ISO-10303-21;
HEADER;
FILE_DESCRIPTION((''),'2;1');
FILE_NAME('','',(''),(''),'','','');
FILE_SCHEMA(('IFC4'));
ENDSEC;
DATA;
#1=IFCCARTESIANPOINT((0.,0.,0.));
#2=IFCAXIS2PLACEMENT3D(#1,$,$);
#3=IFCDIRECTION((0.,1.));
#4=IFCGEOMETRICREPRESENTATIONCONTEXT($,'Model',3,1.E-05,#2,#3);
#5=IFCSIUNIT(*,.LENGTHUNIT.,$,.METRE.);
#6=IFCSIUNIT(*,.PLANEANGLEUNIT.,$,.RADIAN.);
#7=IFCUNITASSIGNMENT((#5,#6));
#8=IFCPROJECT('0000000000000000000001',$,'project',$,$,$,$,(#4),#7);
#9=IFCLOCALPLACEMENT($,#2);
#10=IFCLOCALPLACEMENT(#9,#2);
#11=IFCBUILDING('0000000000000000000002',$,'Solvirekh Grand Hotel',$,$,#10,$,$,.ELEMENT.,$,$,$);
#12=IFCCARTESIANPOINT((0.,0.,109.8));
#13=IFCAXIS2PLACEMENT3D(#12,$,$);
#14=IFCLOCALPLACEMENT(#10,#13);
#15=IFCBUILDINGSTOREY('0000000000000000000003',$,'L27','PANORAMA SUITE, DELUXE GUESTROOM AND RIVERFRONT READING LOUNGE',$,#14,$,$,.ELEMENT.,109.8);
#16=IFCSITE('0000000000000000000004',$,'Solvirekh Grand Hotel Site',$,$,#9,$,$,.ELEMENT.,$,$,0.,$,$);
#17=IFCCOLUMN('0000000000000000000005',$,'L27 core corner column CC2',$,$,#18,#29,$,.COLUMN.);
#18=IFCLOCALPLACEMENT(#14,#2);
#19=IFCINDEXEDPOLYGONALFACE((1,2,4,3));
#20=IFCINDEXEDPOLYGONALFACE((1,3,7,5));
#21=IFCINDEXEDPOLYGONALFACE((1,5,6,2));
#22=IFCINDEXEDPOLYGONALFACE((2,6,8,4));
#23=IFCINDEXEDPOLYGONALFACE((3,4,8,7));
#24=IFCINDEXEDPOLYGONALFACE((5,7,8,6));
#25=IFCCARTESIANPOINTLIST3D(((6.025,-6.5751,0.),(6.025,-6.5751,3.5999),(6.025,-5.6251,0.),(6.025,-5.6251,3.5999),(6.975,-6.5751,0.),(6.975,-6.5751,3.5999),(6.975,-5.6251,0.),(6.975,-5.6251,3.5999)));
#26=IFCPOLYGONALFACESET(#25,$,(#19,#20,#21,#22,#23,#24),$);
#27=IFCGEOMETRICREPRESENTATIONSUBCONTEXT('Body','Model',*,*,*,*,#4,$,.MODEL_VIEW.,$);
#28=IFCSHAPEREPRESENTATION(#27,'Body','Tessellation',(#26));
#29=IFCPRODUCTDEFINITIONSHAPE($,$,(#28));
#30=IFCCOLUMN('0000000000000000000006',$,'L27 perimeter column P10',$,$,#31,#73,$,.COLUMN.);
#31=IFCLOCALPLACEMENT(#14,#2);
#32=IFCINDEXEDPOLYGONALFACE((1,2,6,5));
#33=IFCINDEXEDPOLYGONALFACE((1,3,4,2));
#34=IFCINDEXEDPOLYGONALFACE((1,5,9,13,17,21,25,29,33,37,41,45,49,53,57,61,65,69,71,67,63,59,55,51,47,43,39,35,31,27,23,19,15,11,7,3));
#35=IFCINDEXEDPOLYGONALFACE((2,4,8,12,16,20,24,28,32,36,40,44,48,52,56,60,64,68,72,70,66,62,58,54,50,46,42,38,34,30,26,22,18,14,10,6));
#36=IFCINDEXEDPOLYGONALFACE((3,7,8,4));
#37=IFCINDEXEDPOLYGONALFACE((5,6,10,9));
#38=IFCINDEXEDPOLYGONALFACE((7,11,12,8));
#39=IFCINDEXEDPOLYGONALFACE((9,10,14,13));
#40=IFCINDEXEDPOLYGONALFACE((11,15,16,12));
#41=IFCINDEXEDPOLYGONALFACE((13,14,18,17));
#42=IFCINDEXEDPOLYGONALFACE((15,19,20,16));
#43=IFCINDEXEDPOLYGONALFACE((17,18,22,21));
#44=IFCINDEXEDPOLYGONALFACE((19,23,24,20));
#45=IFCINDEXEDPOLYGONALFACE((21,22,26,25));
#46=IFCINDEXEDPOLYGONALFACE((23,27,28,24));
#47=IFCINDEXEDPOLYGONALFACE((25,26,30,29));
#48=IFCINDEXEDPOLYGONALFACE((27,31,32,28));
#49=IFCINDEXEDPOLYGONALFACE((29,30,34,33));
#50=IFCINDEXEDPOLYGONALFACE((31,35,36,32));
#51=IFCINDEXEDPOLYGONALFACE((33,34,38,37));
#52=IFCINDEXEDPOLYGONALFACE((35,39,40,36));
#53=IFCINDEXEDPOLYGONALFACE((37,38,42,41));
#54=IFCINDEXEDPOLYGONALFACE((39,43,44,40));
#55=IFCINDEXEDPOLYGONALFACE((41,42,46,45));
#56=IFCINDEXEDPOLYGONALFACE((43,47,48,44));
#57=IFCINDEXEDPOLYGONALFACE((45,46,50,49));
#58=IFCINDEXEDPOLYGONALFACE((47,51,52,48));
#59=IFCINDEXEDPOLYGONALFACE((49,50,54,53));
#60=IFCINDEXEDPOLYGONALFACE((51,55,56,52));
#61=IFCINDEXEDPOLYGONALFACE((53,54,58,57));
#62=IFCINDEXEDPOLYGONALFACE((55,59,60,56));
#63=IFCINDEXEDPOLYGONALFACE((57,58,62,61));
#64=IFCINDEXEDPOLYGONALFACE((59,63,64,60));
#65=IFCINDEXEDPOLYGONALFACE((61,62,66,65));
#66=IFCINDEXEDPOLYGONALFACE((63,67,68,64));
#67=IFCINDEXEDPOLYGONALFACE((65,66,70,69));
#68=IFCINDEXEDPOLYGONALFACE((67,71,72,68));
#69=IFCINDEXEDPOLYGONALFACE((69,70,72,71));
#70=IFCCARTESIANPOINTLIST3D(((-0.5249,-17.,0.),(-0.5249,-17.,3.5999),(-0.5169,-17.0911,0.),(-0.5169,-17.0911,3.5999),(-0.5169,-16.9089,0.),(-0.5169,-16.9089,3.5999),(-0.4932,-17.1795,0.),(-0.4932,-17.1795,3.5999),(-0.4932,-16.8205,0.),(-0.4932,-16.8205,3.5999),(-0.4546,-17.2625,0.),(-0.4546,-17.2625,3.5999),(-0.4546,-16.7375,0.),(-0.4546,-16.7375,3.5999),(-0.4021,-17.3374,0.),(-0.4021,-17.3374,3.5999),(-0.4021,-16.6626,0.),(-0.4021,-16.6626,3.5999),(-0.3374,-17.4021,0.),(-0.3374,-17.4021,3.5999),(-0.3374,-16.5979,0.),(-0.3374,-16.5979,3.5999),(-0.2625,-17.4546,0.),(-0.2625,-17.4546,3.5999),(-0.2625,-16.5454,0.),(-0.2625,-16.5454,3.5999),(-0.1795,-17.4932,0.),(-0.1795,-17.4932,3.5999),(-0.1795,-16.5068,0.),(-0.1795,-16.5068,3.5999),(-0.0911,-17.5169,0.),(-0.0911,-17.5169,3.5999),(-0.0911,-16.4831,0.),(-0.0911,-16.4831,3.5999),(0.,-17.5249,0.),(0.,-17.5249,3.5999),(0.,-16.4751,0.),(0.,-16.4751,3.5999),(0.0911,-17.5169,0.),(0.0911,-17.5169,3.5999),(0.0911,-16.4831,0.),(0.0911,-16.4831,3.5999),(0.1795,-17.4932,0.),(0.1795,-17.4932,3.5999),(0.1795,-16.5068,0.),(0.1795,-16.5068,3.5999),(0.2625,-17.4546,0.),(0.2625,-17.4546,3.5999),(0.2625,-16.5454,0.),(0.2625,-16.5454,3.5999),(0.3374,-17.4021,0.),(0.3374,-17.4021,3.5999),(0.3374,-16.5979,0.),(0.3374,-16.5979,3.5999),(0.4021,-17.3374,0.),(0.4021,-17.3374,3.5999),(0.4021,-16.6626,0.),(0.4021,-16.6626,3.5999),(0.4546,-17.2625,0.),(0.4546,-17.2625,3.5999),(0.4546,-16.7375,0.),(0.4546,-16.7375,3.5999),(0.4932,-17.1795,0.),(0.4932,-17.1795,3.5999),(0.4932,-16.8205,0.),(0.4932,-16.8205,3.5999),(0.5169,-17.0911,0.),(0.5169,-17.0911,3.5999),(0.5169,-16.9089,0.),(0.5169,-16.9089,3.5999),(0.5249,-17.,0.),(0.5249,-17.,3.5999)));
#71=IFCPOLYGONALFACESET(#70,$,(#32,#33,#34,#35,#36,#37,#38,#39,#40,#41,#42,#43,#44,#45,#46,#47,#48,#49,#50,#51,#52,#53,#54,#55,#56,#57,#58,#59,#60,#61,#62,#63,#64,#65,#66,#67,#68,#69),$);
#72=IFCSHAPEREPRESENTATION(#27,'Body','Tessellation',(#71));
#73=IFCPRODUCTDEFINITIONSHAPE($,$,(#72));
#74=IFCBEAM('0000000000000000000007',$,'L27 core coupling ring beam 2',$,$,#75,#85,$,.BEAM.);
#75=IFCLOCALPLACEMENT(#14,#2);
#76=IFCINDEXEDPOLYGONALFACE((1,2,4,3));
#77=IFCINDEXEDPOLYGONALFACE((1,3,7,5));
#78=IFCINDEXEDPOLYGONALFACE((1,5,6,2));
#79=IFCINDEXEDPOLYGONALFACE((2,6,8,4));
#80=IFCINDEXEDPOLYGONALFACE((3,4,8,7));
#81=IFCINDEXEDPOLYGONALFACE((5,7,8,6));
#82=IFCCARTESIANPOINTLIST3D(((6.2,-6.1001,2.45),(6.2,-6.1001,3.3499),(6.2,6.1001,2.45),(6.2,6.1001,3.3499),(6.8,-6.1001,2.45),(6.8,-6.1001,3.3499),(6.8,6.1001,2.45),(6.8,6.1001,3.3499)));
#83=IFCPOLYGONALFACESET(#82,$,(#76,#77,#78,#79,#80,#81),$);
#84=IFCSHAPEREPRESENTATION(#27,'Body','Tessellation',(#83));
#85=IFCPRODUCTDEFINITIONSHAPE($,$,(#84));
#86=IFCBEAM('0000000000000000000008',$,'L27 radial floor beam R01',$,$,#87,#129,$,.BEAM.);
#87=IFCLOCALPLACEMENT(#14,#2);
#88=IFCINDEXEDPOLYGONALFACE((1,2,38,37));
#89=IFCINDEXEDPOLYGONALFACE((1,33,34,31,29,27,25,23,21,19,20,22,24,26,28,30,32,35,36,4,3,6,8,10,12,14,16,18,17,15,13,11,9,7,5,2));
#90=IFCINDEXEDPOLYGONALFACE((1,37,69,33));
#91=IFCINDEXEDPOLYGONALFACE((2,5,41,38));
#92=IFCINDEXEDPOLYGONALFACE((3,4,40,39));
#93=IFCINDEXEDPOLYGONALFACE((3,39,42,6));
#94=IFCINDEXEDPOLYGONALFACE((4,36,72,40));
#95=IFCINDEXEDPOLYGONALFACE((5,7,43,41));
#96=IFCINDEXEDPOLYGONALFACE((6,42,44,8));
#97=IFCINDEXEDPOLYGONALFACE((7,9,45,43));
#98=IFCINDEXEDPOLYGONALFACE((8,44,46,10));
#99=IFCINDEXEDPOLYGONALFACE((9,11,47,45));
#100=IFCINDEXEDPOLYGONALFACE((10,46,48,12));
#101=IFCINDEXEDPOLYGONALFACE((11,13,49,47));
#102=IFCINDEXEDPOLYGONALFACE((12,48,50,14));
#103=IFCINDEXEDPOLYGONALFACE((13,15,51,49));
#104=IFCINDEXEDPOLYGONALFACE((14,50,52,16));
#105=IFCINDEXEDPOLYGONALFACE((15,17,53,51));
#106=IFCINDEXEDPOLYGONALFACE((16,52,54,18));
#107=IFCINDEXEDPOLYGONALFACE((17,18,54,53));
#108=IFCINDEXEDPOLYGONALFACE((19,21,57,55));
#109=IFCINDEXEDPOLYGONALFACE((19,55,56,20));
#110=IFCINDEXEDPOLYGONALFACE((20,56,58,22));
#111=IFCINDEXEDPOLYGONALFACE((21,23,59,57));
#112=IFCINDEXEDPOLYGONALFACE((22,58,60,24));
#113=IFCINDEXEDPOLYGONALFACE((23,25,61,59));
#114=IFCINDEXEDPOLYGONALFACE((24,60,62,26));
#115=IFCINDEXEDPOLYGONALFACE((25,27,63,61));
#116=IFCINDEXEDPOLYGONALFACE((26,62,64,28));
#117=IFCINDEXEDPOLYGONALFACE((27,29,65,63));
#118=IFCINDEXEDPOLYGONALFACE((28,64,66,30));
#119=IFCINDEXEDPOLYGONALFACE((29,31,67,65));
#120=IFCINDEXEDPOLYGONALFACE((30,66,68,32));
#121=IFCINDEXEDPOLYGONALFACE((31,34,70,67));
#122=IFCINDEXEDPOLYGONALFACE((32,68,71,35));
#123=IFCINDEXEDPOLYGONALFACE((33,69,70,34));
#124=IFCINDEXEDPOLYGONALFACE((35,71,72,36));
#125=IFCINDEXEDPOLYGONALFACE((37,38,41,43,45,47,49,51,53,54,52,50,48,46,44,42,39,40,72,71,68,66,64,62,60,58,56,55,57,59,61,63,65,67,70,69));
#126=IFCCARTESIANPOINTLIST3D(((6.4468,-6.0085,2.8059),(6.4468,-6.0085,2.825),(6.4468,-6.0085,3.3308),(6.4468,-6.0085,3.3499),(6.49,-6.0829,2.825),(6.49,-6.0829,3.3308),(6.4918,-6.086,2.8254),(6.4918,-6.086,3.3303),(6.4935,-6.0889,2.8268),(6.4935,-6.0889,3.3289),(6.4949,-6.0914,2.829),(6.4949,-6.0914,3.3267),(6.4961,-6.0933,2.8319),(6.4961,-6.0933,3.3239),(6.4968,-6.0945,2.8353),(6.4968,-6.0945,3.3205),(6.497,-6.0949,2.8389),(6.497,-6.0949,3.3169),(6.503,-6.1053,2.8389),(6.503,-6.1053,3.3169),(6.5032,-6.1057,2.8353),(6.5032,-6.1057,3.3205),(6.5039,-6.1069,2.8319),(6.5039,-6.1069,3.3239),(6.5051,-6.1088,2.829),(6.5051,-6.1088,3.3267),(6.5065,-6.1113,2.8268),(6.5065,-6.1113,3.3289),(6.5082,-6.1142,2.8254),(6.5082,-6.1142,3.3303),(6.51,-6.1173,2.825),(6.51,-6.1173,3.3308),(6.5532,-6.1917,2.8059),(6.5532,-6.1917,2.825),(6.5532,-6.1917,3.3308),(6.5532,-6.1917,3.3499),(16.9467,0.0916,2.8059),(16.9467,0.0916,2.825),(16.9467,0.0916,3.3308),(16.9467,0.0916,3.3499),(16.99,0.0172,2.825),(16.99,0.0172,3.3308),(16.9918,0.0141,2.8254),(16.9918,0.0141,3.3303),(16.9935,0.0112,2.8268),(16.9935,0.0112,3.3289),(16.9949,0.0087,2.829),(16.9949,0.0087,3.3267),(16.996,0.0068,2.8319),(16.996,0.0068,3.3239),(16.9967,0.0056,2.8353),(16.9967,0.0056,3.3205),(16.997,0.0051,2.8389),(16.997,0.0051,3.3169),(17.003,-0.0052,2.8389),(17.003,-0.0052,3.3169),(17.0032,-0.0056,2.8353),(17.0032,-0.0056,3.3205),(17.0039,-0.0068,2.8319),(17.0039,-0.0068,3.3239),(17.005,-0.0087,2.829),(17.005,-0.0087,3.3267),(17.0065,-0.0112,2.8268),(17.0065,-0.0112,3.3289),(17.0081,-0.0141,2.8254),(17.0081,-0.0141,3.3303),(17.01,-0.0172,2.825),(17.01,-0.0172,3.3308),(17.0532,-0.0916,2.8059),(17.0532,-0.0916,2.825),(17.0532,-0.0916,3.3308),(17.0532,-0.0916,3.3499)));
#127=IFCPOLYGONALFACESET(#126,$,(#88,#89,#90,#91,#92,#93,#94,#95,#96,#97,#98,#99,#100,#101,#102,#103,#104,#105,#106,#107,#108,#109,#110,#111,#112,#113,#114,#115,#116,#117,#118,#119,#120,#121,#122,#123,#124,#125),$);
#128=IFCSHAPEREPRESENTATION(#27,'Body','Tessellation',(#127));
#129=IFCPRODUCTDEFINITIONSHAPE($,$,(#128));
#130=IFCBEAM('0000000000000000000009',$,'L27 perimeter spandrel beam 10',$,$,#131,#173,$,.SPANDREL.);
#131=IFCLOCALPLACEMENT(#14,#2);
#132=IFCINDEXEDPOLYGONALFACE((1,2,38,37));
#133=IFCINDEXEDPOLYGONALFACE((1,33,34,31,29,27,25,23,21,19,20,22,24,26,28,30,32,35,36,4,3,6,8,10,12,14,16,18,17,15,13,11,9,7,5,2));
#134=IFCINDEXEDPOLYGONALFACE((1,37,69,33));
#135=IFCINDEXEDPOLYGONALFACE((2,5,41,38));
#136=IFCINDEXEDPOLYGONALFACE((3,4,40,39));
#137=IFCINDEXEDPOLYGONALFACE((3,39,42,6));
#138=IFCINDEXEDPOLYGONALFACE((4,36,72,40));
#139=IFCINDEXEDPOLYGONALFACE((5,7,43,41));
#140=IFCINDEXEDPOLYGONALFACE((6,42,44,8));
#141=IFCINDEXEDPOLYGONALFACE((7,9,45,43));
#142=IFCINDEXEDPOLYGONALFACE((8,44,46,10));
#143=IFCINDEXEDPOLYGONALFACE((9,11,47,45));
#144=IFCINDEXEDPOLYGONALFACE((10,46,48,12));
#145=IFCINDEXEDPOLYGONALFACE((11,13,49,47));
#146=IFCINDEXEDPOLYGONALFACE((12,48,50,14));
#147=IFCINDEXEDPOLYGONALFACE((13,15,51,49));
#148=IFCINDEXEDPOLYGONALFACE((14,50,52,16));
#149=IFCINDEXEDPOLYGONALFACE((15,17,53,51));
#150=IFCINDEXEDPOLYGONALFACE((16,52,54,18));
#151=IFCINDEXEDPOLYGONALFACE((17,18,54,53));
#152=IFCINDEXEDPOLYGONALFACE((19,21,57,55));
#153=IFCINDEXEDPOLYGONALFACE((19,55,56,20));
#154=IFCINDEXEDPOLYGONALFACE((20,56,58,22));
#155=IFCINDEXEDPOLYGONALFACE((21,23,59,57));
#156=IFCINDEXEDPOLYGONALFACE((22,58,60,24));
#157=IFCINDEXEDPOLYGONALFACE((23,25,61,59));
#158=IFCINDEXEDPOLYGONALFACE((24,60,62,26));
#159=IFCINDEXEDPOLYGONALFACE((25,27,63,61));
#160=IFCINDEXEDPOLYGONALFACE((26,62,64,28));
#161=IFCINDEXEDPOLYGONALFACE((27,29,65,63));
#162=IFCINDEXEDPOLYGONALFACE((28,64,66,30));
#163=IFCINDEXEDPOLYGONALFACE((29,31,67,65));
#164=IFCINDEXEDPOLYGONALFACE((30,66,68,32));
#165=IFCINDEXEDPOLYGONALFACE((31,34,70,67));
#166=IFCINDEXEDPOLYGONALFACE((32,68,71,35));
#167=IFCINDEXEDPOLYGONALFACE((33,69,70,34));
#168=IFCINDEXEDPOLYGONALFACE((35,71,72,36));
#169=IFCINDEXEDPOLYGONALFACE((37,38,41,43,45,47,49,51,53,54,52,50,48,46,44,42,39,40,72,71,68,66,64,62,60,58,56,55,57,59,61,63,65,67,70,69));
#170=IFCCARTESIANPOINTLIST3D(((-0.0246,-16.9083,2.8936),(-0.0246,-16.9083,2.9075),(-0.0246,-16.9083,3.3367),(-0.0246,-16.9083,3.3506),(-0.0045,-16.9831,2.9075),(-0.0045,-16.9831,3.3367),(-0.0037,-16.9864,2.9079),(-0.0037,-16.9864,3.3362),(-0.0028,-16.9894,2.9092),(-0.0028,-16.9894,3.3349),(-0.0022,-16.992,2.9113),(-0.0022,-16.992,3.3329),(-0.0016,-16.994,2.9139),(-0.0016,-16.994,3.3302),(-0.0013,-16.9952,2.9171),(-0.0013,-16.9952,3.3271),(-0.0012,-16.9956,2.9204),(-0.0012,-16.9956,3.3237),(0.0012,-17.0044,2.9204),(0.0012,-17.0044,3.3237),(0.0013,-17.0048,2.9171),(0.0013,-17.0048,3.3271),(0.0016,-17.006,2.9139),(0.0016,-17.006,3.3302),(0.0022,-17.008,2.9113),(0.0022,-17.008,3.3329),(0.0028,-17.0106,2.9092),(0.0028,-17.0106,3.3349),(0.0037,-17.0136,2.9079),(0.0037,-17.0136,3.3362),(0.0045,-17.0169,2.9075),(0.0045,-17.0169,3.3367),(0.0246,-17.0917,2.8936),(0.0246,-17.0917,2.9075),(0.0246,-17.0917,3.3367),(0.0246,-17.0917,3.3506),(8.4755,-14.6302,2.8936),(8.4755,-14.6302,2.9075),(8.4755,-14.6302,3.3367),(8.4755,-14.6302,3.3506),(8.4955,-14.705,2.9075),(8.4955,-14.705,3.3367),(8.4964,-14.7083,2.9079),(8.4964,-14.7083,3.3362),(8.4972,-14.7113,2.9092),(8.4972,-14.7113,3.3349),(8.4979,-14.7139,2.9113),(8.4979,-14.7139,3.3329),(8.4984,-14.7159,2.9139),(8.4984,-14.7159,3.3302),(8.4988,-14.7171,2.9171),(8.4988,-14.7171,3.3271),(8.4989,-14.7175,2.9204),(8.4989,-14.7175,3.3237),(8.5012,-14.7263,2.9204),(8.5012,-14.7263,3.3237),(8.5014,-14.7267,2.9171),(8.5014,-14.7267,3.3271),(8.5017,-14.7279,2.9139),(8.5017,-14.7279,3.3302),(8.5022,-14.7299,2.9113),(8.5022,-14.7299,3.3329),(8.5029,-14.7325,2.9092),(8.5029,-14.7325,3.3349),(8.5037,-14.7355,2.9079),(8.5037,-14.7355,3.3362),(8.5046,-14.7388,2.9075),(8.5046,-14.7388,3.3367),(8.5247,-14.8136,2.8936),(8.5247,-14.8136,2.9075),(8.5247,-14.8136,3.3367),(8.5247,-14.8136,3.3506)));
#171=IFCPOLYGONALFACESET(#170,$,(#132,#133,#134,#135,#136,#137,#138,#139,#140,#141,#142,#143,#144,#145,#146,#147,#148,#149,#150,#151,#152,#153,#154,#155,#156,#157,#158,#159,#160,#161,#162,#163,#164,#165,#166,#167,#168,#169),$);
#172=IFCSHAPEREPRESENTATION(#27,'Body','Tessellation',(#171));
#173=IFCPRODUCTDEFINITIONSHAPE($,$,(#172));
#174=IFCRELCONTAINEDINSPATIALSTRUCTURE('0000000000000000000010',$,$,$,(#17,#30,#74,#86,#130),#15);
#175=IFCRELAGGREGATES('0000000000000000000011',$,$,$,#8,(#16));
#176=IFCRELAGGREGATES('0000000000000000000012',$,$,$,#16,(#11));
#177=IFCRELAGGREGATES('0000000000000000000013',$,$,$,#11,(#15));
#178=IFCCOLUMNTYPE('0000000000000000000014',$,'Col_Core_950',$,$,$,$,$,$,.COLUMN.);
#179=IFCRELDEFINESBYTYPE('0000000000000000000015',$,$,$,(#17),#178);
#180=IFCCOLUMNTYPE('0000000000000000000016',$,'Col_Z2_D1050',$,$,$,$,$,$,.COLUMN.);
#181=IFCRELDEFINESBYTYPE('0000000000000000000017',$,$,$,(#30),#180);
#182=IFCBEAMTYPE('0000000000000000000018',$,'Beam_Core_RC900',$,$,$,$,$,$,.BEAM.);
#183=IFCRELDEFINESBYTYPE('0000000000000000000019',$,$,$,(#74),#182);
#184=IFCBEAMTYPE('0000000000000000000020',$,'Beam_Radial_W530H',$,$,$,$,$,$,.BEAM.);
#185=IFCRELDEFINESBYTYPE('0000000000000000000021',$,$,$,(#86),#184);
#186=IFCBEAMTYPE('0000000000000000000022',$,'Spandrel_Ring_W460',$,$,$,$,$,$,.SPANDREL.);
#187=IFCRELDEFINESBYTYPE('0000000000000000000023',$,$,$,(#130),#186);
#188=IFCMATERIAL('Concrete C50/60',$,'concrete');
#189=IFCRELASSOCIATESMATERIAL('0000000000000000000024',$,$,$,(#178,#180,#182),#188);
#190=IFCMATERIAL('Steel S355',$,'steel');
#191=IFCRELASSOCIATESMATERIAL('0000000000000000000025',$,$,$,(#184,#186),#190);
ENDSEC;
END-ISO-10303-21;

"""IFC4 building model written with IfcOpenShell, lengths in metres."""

from ifc_helpers import new_model, si_unit, direction, frame, origin, origin_2d, place, context, subcontext, project, spatial, rectangle, circle, i_section, extrude, material, material_profile, profile_set, type_object, element, save


model = new_model("IFC4")

# Units and contexts
model_context = context("Model", 3, precision=1e-05, world=origin(), true_north=direction((0.0, 1.0)))
body_context = subcontext(model_context, "Body", "Model", "MODEL_VIEW")
ifc_project = project(units=[si_unit("LENGTHUNIT", "METRE"), si_unit("PLANEANGLEUNIT", "RADIAN")], contexts=[model_context])

# Site, building, storey
site_placement = place(None, origin())
site = spatial("IfcSite", under=ifc_project, at=site_placement, Name="Solvirekh Grand Hotel Site", CompositionType="ELEMENT", RefElevation=0.0)
building_placement = place(site_placement, origin())
building = spatial("IfcBuilding", under=site, at=building_placement, Name="Solvirekh Grand Hotel", CompositionType="ELEMENT")
storey_placement = place(building_placement, frame((0.0, 0.0, 109.8)))
storey = spatial("IfcBuildingStorey", under=building, at=storey_placement, Name="L27", Description="PANORAMA SUITE, DELUXE GUESTROOM AND RIVERFRONT READING LOUNGE", CompositionType="ELEMENT", Elevation=109.8)

# Columns
ifc_material_1 = material(Name="Concrete C50/60", Category="concrete")
ifc_material_profile_1 = material_profile(ifc_material_1, rectangle(XDim=0.95, YDim=0.95, at=origin_2d()), Name="RC 950X950")
ifc_profile_set_1 = profile_set([ifc_material_profile_1], Name="Concrete C50/60")
column_type_1 = type_object("IfcColumnType", Name="Col_Core_950", PredefinedType="COLUMN", material=ifc_profile_set_1)
column_1_placement = place(storey_placement, frame((6.5, -6.1001, 0.0), z_axis=(0.0, 0.0, 1.0), x_axis=(1.0, 0.0, 0.0)))
element("IfcColumn", 1, at=column_1_placement, inside=storey, type_object=column_type_1, Name="L27 core corner column CC2", PredefinedType="COLUMN", context=body_context, shape_type="SweptSolid", body=[
    extrude(rectangle(XDim=0.95, YDim=0.95, at=origin_2d()), origin(), (0.0, 0.0, 1.0), 3.5999),
])
ifc_material_profile_2 = material_profile(ifc_material_1, circle(Radius=0.5249, at=origin_2d()), Name="RC CIRC D1050")
ifc_profile_set_2 = profile_set([ifc_material_profile_2], Name="Concrete C50/60")
column_type_2 = type_object("IfcColumnType", Name="Col_Z2_D1050", PredefinedType="COLUMN", material=ifc_profile_set_2)
column_2_placement = place(storey_placement, frame((0.0, -17.0, 0.0), z_axis=(0.0, 0.0, 1.0), x_axis=(1.0, 0.0, 0.0)))
element("IfcColumn", 2, at=column_2_placement, inside=storey, type_object=column_type_2, Name="L27 perimeter column P10", PredefinedType="COLUMN", context=body_context, shape_type="SweptSolid", body=[
    extrude(circle(Radius=0.5249, at=origin_2d()), origin(), (0.0, 0.0, 1.0), 3.5999),
])

# Beams
ifc_material_profile_3 = material_profile(ifc_material_1, rectangle(XDim=0.6001, YDim=0.8999, at=origin_2d()), Name="RC BEAM 600X900")
ifc_profile_set_3 = profile_set([ifc_material_profile_3], Name="Concrete C50/60")
beam_type_1 = type_object("IfcBeamType", Name="Beam_Core_RC900", PredefinedType="BEAM", material=ifc_profile_set_3)
beam_1_placement = place(storey_placement, frame((6.5, -6.1001, 2.8999), z_axis=(0.0, 1.0, 0.0), x_axis=(-1.0, 0.0, 0.0)))
element("IfcBeam", 3, at=beam_1_placement, inside=storey, type_object=beam_type_1, Name="L27 core coupling ring beam 2", PredefinedType="BEAM", context=body_context, shape_type="SweptSolid", body=[
    extrude(rectangle(XDim=0.6001, YDim=0.8999, at=origin_2d()), origin(), (0.0, 0.0, 1.0), 12.2002),
])
ifc_material_2 = material(Name="Steel S355", Category="steel")
ifc_material_profile_4 = material_profile(ifc_material_2, i_section(OverallWidth=0.2119, OverallDepth=0.5439, WebThickness=0.012, FlangeThickness=0.019, FilletRadius=0.0139, at=origin_2d()), Name="W530X123")
ifc_profile_set_4 = profile_set([ifc_material_profile_4], Name="Steel S355")
beam_type_2 = type_object("IfcBeamType", Name="Beam_Radial_W530H", PredefinedType="BEAM", material=ifc_profile_set_4)
beam_2_placement = place(storey_placement, frame((6.5, -6.1001, 3.0779), z_axis=(0.86467, 0.50234, 0.0), x_axis=(-0.50234, 0.86467, 0.0)))
element("IfcBeam", 4, at=beam_2_placement, inside=storey, type_object=beam_type_2, Name="L27 radial floor beam R01", PredefinedType="BEAM", context=body_context, shape_type="SweptSolid", body=[
    extrude(i_section(OverallWidth=0.2119, OverallDepth=0.5439, WebThickness=0.012, FlangeThickness=0.019, FilletRadius=0.0139, at=origin_2d()), origin(), (0.0, 0.0, 1.0), 12.1433),
])
ifc_material_profile_5 = material_profile(ifc_material_2, i_section(OverallWidth=0.1899, OverallDepth=0.457, WebThickness=0.009, FlangeThickness=0.0139, FilletRadius=0.0129, at=origin_2d()), Name="W460X74")
ifc_profile_set_5 = profile_set([ifc_material_profile_5], Name="Steel S355")
beam_type_3 = type_object("IfcBeamType", Name="Spandrel_Ring_W460", PredefinedType="SPANDREL", material=ifc_profile_set_5)
beam_3_placement = place(storey_placement, frame((0.0, -17.0, 3.1221), z_axis=(0.965911, 0.258873, 0.0), x_axis=(-0.258873, 0.965911, 0.0)))
element("IfcBeam", 5, at=beam_3_placement, inside=storey, type_object=beam_type_3, Name="L27 perimeter spandrel beam 10", PredefinedType="SPANDREL", context=body_context, shape_type="SweptSolid", body=[
    extrude(i_section(OverallWidth=0.1899, OverallDepth=0.457, WebThickness=0.009, FlangeThickness=0.0139, FilletRadius=0.0129, at=origin_2d()), origin(), (0.0, 0.0, 1.0), 8.8),
])

save(model, "model.ifc")
